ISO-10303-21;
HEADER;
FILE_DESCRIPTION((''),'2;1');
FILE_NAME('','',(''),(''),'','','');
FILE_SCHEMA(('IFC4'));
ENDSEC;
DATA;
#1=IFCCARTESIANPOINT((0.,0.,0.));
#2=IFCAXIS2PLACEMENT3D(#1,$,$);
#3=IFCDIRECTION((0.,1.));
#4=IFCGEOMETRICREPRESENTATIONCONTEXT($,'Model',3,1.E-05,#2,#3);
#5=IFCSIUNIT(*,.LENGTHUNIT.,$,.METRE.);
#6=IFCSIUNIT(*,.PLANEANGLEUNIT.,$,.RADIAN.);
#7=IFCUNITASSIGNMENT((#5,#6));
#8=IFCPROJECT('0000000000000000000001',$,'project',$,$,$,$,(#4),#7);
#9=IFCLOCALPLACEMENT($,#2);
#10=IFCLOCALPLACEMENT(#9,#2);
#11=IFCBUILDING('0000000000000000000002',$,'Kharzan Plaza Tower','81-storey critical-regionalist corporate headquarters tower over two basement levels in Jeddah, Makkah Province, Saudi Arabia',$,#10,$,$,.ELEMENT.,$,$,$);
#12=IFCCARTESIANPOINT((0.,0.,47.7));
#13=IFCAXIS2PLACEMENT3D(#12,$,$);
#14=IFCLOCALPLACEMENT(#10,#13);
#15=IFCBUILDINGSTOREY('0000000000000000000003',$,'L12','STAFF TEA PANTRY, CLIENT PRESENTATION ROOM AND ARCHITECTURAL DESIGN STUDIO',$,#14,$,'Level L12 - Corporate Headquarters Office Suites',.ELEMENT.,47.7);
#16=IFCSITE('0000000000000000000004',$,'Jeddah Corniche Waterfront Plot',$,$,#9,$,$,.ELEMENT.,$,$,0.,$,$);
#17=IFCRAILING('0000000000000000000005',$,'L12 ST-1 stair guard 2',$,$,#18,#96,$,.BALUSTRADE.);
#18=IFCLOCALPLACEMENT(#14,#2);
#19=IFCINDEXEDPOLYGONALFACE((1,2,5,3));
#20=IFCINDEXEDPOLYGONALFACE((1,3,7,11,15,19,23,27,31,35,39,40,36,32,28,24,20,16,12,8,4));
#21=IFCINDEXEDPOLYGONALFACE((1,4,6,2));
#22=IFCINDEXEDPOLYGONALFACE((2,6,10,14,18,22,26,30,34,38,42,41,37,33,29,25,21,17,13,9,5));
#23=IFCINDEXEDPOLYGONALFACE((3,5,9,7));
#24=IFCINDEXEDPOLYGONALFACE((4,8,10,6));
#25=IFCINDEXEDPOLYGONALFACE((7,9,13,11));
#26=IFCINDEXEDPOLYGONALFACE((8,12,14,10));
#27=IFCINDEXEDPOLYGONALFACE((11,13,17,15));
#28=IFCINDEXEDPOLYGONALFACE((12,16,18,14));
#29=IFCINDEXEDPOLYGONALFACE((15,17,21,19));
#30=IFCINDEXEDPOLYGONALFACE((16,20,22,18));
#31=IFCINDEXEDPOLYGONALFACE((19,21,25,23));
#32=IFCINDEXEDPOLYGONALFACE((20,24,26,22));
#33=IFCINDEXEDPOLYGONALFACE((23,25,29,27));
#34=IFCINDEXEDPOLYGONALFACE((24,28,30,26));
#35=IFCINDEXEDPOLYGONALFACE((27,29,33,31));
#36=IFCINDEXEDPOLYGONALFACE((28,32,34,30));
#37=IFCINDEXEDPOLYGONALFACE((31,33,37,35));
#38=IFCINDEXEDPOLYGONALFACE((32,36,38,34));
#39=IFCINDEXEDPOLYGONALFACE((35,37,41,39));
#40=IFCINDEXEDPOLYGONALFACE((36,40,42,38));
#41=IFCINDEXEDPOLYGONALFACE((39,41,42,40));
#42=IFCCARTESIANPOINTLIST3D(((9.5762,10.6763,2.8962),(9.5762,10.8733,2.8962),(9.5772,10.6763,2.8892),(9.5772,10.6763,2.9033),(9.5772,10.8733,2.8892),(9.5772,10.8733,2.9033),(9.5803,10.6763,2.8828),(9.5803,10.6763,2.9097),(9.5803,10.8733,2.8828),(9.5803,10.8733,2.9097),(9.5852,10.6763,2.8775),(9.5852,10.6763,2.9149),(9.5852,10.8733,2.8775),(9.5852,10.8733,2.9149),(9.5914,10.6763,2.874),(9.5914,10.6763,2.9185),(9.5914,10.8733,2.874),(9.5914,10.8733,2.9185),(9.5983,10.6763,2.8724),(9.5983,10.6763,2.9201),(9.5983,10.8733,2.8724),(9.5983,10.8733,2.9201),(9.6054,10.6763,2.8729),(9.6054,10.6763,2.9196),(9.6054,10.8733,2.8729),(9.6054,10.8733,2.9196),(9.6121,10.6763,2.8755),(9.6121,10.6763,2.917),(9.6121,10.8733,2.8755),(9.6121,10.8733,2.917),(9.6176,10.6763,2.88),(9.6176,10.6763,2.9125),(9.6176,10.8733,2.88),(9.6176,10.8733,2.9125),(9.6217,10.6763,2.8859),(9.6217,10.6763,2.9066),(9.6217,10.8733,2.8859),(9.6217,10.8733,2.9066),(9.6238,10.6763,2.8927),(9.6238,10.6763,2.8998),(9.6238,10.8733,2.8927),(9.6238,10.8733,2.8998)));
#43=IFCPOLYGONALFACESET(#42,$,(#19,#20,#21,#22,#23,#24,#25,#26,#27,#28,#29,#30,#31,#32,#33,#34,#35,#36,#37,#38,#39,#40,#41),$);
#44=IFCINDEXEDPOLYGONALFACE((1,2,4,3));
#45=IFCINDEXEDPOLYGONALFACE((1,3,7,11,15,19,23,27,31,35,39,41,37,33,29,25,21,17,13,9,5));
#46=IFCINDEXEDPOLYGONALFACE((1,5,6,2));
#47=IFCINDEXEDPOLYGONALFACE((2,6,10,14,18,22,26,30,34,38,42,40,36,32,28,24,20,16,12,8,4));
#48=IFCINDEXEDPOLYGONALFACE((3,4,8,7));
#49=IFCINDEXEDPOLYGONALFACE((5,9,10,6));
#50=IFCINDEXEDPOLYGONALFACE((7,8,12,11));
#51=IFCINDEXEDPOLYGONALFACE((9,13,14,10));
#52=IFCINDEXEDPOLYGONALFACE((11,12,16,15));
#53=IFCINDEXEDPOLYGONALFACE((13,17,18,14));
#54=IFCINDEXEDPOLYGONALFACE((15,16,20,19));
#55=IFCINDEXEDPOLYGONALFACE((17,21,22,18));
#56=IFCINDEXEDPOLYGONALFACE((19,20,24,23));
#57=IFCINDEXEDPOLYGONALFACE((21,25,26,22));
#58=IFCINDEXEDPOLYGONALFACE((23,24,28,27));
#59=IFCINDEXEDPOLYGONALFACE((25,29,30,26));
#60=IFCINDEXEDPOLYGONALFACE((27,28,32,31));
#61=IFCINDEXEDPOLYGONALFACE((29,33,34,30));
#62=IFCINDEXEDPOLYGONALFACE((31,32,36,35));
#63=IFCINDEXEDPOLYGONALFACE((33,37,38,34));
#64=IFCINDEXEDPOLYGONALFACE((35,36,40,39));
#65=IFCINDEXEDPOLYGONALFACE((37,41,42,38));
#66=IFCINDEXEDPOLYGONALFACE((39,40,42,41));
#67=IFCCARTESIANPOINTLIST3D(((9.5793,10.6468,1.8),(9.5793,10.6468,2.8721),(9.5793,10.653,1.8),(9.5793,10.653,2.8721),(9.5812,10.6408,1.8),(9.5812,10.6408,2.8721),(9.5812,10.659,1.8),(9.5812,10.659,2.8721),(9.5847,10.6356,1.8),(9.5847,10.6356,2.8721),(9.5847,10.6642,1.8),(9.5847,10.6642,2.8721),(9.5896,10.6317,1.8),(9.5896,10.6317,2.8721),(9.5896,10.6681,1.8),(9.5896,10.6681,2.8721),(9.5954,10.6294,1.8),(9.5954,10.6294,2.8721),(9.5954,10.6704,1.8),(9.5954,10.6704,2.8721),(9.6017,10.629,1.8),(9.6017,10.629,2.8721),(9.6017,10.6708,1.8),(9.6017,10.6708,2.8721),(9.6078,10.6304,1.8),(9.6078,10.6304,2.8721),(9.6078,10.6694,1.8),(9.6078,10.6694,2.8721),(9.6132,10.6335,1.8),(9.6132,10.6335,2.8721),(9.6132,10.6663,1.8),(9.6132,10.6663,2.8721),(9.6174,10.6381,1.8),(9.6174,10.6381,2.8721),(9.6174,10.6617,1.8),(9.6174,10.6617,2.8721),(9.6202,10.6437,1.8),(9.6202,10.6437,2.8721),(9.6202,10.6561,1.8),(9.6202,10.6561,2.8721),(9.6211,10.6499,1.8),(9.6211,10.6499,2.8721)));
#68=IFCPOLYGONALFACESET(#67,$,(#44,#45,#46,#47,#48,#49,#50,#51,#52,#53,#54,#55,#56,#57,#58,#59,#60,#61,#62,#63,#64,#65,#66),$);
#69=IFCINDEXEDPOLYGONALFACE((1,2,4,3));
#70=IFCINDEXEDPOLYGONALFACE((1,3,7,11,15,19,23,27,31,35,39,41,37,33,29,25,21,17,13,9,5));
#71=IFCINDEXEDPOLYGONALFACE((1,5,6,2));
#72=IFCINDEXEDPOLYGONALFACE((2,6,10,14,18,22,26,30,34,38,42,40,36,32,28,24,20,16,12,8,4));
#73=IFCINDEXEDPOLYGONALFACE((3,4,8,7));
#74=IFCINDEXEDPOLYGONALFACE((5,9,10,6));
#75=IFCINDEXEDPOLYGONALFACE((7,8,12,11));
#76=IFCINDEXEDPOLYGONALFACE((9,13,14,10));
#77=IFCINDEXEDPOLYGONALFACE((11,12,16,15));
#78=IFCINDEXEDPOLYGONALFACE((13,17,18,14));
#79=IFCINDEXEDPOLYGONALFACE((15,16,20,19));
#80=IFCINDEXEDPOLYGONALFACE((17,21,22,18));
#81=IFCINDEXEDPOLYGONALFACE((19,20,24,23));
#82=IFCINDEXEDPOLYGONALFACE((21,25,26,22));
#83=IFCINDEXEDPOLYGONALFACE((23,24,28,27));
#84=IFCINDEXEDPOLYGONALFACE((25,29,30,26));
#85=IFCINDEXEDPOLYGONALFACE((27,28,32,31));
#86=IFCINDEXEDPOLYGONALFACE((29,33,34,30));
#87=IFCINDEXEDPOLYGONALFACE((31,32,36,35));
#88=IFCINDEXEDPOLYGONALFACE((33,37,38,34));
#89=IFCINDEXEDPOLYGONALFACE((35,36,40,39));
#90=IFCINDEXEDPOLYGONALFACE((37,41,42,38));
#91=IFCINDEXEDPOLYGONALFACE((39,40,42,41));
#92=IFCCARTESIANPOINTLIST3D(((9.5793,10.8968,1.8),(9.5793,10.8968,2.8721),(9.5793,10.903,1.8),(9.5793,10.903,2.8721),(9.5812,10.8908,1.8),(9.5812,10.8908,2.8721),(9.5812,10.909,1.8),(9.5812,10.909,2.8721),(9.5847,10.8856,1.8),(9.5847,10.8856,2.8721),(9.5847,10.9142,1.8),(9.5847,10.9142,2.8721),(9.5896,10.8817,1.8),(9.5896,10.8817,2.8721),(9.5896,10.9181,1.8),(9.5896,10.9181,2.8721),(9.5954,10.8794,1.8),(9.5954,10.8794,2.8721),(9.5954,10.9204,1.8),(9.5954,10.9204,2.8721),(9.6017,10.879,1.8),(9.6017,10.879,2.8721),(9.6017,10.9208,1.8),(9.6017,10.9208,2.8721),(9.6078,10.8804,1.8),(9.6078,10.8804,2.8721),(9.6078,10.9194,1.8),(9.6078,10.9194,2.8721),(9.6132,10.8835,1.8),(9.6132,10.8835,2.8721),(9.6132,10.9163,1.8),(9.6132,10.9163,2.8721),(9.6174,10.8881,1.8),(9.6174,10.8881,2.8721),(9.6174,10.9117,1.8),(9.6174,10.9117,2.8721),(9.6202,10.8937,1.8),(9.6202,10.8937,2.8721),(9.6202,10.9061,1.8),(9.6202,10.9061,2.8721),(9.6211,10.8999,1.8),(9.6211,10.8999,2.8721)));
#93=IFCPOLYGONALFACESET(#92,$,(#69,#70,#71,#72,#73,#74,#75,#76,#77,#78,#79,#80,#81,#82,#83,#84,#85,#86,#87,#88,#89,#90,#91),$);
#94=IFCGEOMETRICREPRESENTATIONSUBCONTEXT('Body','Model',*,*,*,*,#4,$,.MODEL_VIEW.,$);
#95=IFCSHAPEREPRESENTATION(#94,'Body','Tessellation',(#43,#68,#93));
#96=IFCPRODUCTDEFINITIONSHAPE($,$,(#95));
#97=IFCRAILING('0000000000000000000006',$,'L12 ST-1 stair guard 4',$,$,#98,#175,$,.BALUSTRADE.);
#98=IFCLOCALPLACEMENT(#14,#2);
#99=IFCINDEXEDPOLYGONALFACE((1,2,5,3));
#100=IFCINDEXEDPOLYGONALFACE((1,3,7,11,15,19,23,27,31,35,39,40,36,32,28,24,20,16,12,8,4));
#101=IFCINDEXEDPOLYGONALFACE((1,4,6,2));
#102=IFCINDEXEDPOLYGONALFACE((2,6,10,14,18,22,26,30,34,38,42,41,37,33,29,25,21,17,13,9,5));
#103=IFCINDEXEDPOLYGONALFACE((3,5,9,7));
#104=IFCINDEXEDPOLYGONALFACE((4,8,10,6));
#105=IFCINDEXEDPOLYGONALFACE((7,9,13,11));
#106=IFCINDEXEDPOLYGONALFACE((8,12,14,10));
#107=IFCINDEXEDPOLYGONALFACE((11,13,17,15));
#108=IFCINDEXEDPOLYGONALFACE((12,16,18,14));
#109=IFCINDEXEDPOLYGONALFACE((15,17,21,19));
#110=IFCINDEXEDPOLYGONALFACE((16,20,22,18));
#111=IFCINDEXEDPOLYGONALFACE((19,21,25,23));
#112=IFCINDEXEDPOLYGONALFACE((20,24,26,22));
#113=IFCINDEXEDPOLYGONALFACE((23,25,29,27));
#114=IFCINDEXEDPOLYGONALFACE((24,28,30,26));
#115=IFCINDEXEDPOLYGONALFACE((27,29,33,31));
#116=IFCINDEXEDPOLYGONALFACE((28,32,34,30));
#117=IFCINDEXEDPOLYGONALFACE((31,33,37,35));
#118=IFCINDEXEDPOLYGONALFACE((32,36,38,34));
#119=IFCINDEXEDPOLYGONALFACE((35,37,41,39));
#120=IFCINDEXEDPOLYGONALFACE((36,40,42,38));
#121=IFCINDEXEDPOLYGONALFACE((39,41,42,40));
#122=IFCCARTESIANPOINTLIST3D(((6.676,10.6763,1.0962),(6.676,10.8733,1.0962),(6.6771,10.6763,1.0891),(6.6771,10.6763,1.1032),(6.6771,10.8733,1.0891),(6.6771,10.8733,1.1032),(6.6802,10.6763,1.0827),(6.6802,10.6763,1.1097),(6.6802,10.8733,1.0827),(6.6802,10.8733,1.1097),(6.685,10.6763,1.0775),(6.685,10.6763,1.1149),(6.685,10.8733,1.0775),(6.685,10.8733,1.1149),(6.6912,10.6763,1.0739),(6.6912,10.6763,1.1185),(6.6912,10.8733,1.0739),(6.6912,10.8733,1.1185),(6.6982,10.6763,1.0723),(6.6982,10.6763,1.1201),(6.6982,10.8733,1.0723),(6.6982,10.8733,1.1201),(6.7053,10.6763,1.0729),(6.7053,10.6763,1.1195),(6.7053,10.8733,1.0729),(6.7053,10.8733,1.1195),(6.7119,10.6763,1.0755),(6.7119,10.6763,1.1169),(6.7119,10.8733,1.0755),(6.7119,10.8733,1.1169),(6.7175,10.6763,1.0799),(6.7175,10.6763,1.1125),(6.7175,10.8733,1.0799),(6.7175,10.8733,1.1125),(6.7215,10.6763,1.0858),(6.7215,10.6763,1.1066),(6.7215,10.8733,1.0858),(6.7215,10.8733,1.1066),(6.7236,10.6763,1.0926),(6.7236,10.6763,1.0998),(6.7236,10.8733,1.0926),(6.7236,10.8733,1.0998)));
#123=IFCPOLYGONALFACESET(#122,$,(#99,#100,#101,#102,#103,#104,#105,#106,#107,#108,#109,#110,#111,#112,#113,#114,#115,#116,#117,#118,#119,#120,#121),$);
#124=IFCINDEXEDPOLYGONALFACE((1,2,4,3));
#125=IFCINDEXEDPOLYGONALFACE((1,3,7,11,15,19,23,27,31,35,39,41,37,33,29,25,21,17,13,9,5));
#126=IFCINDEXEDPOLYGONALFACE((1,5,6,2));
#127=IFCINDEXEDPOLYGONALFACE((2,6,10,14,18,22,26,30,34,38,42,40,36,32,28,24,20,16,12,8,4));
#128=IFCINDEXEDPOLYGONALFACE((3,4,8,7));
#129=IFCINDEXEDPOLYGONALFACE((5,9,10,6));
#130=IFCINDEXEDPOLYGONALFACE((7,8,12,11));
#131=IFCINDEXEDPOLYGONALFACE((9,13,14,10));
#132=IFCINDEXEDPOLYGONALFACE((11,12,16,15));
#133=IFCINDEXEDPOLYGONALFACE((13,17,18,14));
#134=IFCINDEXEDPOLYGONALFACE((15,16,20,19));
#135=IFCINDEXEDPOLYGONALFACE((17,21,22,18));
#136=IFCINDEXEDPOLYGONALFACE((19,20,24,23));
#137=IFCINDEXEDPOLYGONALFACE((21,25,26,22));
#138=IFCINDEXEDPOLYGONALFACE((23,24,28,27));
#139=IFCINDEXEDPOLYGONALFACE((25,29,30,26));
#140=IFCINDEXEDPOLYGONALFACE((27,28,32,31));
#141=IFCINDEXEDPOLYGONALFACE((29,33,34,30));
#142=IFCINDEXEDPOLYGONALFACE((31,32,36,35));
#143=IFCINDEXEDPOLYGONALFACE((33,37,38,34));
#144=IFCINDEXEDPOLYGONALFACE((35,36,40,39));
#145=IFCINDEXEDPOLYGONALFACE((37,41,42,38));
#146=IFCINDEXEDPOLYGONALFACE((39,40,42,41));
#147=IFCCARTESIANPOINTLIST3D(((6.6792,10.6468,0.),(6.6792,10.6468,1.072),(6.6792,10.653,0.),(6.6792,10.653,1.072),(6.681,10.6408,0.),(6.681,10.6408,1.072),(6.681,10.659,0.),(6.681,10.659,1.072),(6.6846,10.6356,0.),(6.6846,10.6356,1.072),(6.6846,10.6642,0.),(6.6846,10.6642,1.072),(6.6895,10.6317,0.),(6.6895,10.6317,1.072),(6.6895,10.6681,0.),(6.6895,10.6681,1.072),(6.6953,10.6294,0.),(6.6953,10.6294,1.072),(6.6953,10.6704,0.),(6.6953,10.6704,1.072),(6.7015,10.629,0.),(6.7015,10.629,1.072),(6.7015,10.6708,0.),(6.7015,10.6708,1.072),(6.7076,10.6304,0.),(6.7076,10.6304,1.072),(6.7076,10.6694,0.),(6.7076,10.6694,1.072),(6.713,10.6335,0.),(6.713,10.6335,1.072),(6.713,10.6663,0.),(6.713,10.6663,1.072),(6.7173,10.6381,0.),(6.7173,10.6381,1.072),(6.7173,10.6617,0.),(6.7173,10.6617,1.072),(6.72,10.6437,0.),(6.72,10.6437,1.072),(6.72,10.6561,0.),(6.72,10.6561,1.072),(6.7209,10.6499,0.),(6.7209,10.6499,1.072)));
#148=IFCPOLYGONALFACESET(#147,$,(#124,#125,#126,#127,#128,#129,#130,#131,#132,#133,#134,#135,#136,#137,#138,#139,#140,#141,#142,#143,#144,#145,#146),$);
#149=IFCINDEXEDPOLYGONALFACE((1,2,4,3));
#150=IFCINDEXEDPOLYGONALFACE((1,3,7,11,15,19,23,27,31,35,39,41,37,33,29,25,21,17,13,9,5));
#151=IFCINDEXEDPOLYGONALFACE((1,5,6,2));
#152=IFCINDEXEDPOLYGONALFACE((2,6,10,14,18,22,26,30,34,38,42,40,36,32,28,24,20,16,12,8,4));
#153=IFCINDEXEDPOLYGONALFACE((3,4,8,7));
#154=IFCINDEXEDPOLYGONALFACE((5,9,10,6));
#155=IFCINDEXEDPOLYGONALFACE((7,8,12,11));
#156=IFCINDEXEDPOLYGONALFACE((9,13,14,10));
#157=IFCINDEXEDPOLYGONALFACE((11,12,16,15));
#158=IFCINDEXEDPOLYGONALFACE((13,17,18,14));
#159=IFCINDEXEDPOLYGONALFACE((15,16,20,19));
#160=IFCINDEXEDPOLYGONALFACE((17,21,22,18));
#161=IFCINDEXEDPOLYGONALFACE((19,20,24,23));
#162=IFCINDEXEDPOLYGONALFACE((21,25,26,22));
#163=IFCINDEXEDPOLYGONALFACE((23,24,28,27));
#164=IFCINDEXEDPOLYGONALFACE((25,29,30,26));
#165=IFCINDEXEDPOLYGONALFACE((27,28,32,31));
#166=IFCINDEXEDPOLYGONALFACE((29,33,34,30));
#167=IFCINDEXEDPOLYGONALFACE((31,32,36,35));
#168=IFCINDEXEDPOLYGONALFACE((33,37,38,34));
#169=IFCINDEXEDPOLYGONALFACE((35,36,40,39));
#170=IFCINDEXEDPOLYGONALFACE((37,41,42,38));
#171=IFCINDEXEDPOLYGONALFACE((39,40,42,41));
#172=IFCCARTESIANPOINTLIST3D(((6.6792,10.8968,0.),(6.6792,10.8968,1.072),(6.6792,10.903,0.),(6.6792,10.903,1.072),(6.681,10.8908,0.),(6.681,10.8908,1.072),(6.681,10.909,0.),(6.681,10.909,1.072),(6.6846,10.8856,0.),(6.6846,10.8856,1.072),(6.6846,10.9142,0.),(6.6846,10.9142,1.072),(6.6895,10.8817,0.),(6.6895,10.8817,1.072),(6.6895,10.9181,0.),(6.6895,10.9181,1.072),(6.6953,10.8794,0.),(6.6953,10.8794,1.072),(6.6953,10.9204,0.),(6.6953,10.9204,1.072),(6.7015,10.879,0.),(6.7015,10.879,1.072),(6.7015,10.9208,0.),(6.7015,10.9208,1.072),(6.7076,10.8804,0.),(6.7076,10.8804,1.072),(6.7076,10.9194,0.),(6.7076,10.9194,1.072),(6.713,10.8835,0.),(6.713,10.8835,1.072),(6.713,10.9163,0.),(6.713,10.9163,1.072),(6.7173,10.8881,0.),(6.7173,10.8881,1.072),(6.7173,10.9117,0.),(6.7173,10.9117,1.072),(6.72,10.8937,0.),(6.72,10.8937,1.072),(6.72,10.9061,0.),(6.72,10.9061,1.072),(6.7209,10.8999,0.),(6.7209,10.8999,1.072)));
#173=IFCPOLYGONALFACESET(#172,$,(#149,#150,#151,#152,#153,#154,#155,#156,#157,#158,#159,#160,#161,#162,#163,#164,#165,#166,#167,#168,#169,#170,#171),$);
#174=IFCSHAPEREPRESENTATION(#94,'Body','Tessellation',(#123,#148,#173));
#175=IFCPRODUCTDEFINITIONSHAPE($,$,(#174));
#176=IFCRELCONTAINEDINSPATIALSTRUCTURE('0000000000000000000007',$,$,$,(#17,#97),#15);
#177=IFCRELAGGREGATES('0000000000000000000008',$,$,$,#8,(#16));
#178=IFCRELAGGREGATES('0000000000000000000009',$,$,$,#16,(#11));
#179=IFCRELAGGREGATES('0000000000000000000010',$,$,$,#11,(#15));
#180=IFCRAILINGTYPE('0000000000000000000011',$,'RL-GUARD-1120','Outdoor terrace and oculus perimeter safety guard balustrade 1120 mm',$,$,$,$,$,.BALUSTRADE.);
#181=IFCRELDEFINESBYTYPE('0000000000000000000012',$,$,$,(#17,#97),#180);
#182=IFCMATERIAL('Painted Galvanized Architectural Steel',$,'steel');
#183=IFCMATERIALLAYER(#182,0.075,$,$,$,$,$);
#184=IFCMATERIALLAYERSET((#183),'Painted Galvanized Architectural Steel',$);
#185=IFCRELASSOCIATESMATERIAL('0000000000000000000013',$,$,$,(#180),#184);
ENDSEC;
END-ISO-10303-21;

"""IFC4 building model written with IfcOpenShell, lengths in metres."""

from ifc_helpers import new_model, si_unit, direction, frame, origin, origin_2d, place, context, subcontext, project, spatial, circle, extrude, source, transform, mapped, material, layer, layer_set, type_object, element, save


model = new_model("IFC4")

# Units and contexts
model_context = context("Model", 3, precision=1e-05, world=origin(), true_north=direction((0.0, 1.0)))
body_context = subcontext(model_context, "Body", "Model", "MODEL_VIEW")
ifc_project = project(units=[si_unit("LENGTHUNIT", "METRE"), si_unit("PLANEANGLEUNIT", "RADIAN")], contexts=[model_context])

# Site, building, storey
site_placement = place(None, origin())
site = spatial("IfcSite", under=ifc_project, at=site_placement, Name="Jeddah Corniche Waterfront Plot", CompositionType="ELEMENT", RefElevation=0.0)
building_placement = place(site_placement, origin())
building = spatial("IfcBuilding", under=site, at=building_placement, Name="Kharzan Plaza Tower", Description="81-storey critical-regionalist corporate headquarters tower over two basement levels in Jeddah, Makkah Province, Saudi Arabia", CompositionType="ELEMENT")
storey_placement = place(building_placement, frame((0.0, 0.0, 47.7)))
storey = spatial("IfcBuildingStorey", under=building, at=storey_placement, Name="L12", Description="STAFF TEA PANTRY, CLIENT PRESENTATION ROOM AND ARCHITECTURAL DESIGN STUDIO", LongName="Level L12 - Corporate Headquarters Office Suites", CompositionType="ELEMENT", Elevation=47.7)

# Railings
ifc_material_1 = material(Name="Painted Galvanized Architectural Steel", Category="steel")
ifc_layer_1 = layer(ifc_material_1, 0.075)
ifc_layer_set_1 = layer_set([ifc_layer_1], Name="Painted Galvanized Architectural Steel")
railing_type_1 = type_object("IfcRailingType", Name="RL-GUARD-1120", Description="Outdoor terrace and oculus perimeter safety guard balustrade 1120 mm", PredefinedType="BALUSTRADE", material=ifc_layer_set_1)
shared_shape_1 = source(origin(), body_context, "Body", "SweptSolid", [
    extrude(circle(Radius=0.0239, at=origin_2d()), frame((0.0, 0.0264, 1.0962), z_axis=(0.0, 1.0, 0.0), x_axis=(-1.0, 0.0, 0.0)), (0.0, 0.0, 1.0), 0.197),
    extrude(circle(Radius=0.021, at=origin_2d()), origin(), (0.0, 0.0, 1.0), 1.072),
    extrude(circle(Radius=0.021, at=origin_2d()), frame((0.0, 0.25, 0.0)), (0.0, 0.0, 1.0), 1.072),
])
for number, where, name in (
    (1, (9.6001, 10.6499, 1.8), "L12 ST-1 stair guard 2"),
    (2, (6.7, 10.6499, 0.0), "L12 ST-1 stair guard 4"),
):
    element("IfcRailing", number, at=place(storey_placement, frame(where)), inside=storey, type_object=railing_type_1, Name=name, PredefinedType="BALUSTRADE", context=body_context, shape_type="MappedRepresentation", body=[
        mapped(shared_shape_1, transform((0.0, 0.0, 0.0), x_axis=(1.0, 0.0, 0.0), y_axis=(0.0, 1.0, 0.0), z_axis=(0.0, 0.0, 1.0))),
    ])

save(model, "model.ifc")
